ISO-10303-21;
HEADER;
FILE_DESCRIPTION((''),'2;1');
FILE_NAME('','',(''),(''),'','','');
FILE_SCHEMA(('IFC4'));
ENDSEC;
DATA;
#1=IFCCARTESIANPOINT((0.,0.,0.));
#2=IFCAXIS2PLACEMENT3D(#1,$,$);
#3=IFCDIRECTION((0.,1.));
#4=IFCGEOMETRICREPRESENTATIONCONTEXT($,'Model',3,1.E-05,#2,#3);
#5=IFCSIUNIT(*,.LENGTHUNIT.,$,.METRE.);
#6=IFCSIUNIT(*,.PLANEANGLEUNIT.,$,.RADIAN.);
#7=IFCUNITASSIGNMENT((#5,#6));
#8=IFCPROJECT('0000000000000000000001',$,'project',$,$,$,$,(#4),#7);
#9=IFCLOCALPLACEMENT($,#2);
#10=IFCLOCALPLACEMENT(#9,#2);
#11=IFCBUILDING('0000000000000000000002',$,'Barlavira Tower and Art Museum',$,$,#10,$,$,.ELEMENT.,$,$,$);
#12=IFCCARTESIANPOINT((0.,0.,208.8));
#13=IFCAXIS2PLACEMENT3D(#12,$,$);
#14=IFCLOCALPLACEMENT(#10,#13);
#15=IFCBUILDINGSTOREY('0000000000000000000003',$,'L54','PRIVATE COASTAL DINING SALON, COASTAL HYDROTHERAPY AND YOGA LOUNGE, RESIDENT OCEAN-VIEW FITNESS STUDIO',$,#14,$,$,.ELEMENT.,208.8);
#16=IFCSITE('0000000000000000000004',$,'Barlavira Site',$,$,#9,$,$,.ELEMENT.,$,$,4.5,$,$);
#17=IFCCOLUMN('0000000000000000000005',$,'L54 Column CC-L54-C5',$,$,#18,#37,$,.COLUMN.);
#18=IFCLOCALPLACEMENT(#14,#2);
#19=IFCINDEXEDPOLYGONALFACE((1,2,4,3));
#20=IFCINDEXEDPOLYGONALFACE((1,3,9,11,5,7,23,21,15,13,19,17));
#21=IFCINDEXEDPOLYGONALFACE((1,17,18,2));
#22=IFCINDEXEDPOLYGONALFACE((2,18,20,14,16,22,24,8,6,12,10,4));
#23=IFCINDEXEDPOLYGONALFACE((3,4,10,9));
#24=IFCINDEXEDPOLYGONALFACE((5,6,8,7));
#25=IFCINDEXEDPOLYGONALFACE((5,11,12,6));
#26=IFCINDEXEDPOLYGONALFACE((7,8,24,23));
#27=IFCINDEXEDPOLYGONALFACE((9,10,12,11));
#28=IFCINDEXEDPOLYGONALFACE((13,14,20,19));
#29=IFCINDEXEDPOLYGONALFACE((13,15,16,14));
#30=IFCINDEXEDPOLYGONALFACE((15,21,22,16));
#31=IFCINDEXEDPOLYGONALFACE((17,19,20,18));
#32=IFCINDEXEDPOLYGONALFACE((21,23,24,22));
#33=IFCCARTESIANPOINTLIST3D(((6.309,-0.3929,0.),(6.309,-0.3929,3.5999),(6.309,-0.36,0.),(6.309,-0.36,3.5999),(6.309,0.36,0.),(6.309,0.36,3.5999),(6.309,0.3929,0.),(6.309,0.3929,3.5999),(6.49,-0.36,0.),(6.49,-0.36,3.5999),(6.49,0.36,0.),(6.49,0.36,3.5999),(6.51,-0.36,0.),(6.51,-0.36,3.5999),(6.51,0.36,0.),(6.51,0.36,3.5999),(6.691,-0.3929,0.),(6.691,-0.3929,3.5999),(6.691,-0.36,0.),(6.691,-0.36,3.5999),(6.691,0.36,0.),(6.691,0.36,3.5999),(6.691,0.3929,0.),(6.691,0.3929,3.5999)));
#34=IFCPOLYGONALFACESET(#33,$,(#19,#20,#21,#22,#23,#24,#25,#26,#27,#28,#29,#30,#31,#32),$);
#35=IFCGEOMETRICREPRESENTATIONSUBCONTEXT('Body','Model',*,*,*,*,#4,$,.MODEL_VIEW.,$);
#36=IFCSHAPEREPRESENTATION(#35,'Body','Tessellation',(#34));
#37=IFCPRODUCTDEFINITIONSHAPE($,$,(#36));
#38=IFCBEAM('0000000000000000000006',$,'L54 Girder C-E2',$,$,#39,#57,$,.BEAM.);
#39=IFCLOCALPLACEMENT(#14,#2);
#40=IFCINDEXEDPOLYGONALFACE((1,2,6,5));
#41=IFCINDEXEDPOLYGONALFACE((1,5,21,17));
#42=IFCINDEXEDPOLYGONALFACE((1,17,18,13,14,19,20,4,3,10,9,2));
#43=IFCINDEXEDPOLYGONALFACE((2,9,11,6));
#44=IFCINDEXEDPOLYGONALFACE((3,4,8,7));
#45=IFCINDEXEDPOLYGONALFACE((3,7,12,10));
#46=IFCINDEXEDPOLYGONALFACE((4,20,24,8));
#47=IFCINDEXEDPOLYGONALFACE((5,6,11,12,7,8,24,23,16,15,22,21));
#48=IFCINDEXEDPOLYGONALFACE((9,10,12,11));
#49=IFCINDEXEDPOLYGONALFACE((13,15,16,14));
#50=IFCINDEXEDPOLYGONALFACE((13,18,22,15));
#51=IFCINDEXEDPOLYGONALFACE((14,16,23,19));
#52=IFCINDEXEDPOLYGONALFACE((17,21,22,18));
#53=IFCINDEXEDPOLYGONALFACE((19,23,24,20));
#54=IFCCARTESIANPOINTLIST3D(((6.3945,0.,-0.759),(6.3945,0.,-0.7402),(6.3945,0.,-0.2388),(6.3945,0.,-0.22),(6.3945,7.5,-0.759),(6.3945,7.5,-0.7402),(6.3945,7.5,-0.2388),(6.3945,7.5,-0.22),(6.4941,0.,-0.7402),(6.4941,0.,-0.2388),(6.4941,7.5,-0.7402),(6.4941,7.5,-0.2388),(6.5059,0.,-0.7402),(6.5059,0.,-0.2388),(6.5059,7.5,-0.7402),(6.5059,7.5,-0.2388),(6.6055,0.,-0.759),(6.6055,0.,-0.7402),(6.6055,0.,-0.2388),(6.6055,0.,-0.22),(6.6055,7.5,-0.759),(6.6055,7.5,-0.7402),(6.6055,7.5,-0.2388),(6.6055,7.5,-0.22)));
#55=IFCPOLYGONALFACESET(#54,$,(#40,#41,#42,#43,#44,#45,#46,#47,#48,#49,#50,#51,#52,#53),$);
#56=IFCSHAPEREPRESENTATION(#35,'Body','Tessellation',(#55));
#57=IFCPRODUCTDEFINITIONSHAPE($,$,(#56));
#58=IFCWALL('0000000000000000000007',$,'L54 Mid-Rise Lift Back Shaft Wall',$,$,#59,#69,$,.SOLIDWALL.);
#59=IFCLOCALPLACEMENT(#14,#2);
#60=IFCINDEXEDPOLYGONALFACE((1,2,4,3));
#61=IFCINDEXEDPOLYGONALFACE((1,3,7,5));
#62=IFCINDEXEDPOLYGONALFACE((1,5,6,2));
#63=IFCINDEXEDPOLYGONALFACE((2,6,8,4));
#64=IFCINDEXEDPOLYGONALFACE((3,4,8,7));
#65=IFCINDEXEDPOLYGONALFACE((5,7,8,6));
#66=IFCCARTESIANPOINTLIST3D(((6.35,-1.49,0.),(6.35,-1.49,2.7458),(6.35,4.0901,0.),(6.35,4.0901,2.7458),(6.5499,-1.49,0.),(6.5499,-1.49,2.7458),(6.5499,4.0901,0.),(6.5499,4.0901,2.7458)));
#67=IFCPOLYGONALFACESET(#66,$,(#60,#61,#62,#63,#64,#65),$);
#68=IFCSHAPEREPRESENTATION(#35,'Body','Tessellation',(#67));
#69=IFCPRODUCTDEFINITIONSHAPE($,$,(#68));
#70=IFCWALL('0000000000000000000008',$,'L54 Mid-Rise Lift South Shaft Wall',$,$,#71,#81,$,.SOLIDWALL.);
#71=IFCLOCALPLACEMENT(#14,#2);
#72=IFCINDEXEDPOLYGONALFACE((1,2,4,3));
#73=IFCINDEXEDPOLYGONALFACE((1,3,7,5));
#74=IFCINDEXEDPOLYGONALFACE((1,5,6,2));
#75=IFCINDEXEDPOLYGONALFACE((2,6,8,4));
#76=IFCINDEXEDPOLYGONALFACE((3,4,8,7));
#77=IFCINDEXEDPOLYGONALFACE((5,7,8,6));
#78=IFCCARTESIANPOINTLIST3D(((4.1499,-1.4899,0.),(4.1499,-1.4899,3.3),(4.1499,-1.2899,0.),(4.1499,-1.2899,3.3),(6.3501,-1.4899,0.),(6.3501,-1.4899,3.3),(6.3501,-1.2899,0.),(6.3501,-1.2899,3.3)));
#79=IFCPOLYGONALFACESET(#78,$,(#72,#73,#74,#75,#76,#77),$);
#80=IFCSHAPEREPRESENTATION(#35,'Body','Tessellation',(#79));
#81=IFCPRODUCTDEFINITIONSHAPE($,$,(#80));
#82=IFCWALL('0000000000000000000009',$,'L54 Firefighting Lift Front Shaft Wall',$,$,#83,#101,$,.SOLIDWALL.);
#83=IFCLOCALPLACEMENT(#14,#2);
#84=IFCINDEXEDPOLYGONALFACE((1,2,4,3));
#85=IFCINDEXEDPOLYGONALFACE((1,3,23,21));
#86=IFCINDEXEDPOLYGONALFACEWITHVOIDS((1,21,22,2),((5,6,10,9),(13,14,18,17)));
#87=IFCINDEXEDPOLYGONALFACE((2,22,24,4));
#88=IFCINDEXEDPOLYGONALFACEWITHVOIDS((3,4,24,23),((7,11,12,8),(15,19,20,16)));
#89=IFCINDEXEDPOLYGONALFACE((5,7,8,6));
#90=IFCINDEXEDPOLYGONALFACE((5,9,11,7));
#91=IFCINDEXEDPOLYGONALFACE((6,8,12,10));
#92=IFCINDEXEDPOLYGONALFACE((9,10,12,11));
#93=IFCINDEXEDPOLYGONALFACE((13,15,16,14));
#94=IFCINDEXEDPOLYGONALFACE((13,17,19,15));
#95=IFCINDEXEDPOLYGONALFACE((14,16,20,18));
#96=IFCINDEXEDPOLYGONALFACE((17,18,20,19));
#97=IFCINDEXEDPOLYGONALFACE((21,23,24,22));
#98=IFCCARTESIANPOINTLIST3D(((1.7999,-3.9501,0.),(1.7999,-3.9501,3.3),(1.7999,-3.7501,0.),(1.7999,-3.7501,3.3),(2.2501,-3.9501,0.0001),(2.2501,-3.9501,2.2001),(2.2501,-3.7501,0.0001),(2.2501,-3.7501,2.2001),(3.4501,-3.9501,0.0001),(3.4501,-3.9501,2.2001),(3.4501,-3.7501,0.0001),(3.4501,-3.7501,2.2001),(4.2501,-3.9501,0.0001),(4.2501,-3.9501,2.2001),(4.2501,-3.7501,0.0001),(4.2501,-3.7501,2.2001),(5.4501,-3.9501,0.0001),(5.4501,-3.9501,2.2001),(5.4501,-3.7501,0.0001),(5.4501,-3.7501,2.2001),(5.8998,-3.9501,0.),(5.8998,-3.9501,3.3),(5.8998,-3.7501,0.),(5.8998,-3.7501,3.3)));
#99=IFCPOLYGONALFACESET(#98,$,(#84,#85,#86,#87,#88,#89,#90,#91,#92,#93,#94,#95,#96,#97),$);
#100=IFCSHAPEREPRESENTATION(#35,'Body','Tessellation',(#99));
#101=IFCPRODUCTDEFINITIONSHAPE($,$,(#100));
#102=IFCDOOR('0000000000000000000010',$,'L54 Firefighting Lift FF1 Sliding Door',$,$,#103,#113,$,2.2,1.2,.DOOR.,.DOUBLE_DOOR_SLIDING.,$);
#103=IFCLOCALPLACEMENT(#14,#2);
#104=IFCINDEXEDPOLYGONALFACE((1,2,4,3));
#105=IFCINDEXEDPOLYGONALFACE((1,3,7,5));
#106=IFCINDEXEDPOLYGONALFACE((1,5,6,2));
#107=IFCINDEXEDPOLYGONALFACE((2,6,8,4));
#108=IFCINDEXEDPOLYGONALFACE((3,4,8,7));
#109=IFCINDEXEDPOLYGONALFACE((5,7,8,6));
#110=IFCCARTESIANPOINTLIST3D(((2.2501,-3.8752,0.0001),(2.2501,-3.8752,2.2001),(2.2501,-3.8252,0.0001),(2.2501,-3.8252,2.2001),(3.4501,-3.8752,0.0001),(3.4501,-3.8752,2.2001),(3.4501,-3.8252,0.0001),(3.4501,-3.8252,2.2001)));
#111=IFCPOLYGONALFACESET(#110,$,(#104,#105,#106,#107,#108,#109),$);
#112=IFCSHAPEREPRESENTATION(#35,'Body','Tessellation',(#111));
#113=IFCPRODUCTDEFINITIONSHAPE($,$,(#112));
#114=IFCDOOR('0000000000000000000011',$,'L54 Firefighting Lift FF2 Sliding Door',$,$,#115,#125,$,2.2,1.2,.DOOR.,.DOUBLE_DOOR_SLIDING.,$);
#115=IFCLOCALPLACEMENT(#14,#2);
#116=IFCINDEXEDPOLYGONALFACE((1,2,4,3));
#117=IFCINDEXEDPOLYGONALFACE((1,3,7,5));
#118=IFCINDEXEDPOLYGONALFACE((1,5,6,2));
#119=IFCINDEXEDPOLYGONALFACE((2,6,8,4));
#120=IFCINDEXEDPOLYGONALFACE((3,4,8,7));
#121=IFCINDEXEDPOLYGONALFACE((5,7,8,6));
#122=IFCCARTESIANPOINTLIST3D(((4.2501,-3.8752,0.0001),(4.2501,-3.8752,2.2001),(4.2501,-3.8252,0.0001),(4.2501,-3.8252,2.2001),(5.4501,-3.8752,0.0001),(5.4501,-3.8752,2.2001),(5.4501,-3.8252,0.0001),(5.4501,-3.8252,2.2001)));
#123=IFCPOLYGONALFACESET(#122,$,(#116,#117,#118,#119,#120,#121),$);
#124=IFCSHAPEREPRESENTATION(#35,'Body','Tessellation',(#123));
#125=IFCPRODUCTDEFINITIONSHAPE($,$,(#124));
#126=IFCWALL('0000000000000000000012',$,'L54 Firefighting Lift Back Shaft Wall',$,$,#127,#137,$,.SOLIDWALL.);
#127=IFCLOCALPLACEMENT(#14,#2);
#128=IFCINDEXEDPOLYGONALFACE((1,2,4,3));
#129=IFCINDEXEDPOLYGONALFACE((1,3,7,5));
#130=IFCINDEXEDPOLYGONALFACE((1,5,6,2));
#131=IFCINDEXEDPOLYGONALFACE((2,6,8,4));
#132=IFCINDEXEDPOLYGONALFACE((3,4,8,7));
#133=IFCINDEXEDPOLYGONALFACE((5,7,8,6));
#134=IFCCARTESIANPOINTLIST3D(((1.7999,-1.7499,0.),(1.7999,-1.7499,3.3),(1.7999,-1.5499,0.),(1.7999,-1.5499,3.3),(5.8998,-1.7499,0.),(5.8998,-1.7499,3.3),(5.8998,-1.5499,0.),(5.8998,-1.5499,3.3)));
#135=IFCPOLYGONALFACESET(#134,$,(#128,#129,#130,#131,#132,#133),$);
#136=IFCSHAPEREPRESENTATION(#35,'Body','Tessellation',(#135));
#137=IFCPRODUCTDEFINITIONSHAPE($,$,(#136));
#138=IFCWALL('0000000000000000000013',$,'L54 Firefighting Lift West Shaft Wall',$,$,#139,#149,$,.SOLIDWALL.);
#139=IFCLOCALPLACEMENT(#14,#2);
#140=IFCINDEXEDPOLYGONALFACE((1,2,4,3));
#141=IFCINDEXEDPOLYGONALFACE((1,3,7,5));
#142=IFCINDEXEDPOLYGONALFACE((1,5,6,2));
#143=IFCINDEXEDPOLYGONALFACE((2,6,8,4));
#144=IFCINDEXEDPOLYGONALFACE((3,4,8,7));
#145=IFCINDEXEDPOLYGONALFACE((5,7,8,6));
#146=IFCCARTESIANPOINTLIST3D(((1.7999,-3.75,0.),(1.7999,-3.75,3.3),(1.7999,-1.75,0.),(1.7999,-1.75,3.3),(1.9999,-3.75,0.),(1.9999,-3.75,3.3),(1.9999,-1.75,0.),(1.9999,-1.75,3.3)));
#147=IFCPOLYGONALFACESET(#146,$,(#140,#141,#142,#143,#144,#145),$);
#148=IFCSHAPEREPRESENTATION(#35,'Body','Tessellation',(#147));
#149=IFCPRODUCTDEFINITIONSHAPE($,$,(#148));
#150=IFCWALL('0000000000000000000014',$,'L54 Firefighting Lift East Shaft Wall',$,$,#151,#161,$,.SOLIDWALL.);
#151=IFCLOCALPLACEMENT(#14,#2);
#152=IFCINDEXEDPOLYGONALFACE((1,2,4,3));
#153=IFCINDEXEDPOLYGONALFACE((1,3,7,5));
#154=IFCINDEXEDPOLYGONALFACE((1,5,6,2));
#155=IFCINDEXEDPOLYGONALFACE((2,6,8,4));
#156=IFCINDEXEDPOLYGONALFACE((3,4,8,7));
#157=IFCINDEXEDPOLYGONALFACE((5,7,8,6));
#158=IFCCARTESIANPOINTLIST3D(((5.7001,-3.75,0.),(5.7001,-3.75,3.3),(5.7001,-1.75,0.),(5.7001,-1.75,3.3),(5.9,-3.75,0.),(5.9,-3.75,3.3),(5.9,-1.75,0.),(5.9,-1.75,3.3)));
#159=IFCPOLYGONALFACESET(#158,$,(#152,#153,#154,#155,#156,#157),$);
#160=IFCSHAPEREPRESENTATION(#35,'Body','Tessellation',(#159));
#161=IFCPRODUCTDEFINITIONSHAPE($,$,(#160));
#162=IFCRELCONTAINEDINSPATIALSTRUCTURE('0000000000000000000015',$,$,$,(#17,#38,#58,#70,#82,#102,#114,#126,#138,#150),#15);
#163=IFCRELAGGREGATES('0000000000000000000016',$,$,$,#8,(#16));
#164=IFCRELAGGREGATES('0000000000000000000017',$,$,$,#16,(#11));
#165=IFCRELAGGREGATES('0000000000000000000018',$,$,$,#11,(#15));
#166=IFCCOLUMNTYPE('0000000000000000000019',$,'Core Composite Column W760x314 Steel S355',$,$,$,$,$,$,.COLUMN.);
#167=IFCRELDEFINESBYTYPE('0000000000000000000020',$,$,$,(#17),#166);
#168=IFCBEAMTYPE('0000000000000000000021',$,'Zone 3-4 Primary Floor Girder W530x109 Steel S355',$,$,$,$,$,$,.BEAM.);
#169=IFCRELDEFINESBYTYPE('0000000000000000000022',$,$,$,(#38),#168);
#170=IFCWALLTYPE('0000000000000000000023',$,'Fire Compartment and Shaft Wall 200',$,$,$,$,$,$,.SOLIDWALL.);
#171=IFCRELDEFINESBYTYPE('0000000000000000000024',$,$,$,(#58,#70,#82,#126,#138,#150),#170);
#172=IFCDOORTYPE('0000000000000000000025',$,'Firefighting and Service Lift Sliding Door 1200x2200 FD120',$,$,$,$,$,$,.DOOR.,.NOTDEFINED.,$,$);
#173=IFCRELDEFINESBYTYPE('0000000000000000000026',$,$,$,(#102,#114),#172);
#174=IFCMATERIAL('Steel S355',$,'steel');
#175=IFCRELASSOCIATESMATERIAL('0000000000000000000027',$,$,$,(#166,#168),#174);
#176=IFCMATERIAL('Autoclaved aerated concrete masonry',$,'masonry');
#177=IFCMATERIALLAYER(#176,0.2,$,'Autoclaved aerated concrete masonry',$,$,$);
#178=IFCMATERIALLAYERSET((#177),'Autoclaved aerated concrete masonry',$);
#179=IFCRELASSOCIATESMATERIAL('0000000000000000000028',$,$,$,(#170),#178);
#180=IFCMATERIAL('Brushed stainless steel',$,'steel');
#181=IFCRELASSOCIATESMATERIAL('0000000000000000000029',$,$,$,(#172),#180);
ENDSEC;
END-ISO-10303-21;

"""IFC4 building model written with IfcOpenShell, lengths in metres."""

from ifc_helpers import new_model, si_unit, direction, frame, frame_2d, origin, origin_2d, place, context, subcontext, project, spatial, rectangle, i_section, extrude, material, layer, layer_set, material_profile, profile_set, type_object, element, fill, save


model = new_model("IFC4")

# Units and contexts
model_context = context("Model", 3, precision=1e-05, world=origin(), true_north=direction((0.0, 1.0)))
body_context = subcontext(model_context, "Body", "Model", "MODEL_VIEW")
ifc_project = project(units=[si_unit("LENGTHUNIT", "METRE"), si_unit("PLANEANGLEUNIT", "RADIAN")], contexts=[model_context])

# Site, building, storey
site_placement = place(None, origin())
site = spatial("IfcSite", under=ifc_project, at=site_placement, Name="Barlavira Site", CompositionType="ELEMENT", RefElevation=4.5)
building_placement = place(site_placement, origin())
building = spatial("IfcBuilding", under=site, at=building_placement, Name="Barlavira Tower and Art Museum", CompositionType="ELEMENT")
storey_placement = place(building_placement, frame((0.0, 0.0, 208.8)))
storey = spatial("IfcBuildingStorey", under=building, at=storey_placement, Name="L54", Description="PRIVATE COASTAL DINING SALON, COASTAL HYDROTHERAPY AND YOGA LOUNGE, RESIDENT OCEAN-VIEW FITNESS STUDIO", CompositionType="ELEMENT", Elevation=208.8)

# Column
ifc_material_1 = material(Name="Steel S355", Category="steel")
ifc_material_profile_1 = material_profile(ifc_material_1, i_section(OverallWidth=0.3821, OverallDepth=0.7859, WebThickness=0.02, FlangeThickness=0.033, at=origin_2d()), Name="W760x314.0")
ifc_profile_set_1 = profile_set([ifc_material_profile_1], Name="Steel S355")
column_type = type_object("IfcColumnType", Name="Core Composite Column W760x314 Steel S355", PredefinedType="COLUMN", material=ifc_profile_set_1)
column_placement = place(storey_placement, frame((6.5, 0.0, 0.0), z_axis=(0.0, 0.0, 1.0), x_axis=(1.0, 0.0, 0.0)))
element("IfcColumn", 1, at=column_placement, inside=storey, type_object=column_type, Name="L54 Column CC-L54-C5", PredefinedType="COLUMN", context=body_context, shape_type="SweptSolid", body=[
    extrude(i_section(OverallWidth=0.3821, OverallDepth=0.7859, WebThickness=0.02, FlangeThickness=0.033, at=origin_2d()), origin(), (0.0, 0.0, 1.0), 3.5999),
])

# Beam
ifc_material_profile_2 = material_profile(ifc_material_1, i_section(OverallWidth=0.2109, OverallDepth=0.5391, WebThickness=0.0117, FlangeThickness=0.0188, at=origin_2d()), Name="W530x109.0")
ifc_profile_set_2 = profile_set([ifc_material_profile_2], Name="Steel S355")
beam_type = type_object("IfcBeamType", Name="Zone 3-4 Primary Floor Girder W530x109 Steel S355", PredefinedType="BEAM", material=ifc_profile_set_2)
beam_placement = place(storey_placement, frame((6.5, 0.0, -0.4895), z_axis=(0.0, 1.0, 0.0), x_axis=(-1.0, 0.0, 0.0)))
element("IfcBeam", 2, at=beam_placement, inside=storey, type_object=beam_type, Name="L54 Girder C-E2", PredefinedType="BEAM", context=body_context, shape_type="SweptSolid", body=[
    extrude(i_section(OverallWidth=0.2109, OverallDepth=0.5391, WebThickness=0.0117, FlangeThickness=0.0188, at=origin_2d()), origin(), (0.0, 0.0, 1.0), 7.5),
])

# Shared definitions
ifc_material_2 = material(Name="Autoclaved aerated concrete masonry", Category="masonry")
ifc_layer = layer(ifc_material_2, 0.2, Name="Autoclaved aerated concrete masonry")
ifc_layer_set = layer_set([ifc_layer], Name="Autoclaved aerated concrete masonry")
wall_type = type_object("IfcWallType", Name="Fire Compartment and Shaft Wall 200", PredefinedType="SOLIDWALL", material=ifc_layer_set)
ifc_material_3 = material(Name="Brushed stainless steel", Category="steel")

# Walls
wall_1_placement = place(storey_placement, frame((6.45, -1.49, 0.0), z_axis=(0.0, 0.0, 1.0), x_axis=(0.0, 1.0, 0.0)))
element("IfcWall", 3, at=wall_1_placement, inside=storey, type_object=wall_type, Name="L54 Mid-Rise Lift Back Shaft Wall", PredefinedType="SOLIDWALL", context=body_context, shape_type="SweptSolid", body=[
    extrude(rectangle(XDim=5.5801, YDim=0.2, at=frame_2d((2.79, 0.0))), origin(), (0.0, 0.0, 1.0), 2.7458),
])
wall_2_placement = place(storey_placement, frame((4.1499, -1.3899, 0.0), z_axis=(0.0, 0.0, 1.0), x_axis=(1.0, 0.0, 0.0)))
element("IfcWall", 4, at=wall_2_placement, inside=storey, type_object=wall_type, Name="L54 Mid-Rise Lift South Shaft Wall", PredefinedType="SOLIDWALL", context=body_context, shape_type="SweptSolid", body=[
    extrude(rectangle(XDim=2.2002, YDim=0.2, at=frame_2d((1.1001, 0.0))), origin(), (0.0, 0.0, 1.0), 3.3),
])

# Wall, openings, doors
wall_3_placement = place(storey_placement, frame((1.8, -3.8501, 0.0), z_axis=(0.0, 0.0, 1.0), x_axis=(1.0, 0.0, 0.0)))
wall_3 = element("IfcWall", 5, at=wall_3_placement, inside=storey, type_object=wall_type, Name="L54 Firefighting Lift Front Shaft Wall", PredefinedType="SOLIDWALL", context=body_context, shape_type="SweptSolid", body=[
    extrude(rectangle(XDim=4.0999, YDim=0.2, at=frame_2d((2.0498, 0.0))), origin(), (0.0, 0.0, 1.0), 3.3),
])
opening_1_placement = place(wall_3_placement, frame((0.45, 0.0, 0.0)))
opening_1 = element("IfcOpeningElement", 6, at=opening_1_placement, cuts=wall_3, PredefinedType="OPENING", context=body_context, shape_type="SweptSolid", body=[
    extrude(rectangle(XDim=1.2, YDim=2.2, at=frame_2d((0.6001, 1.1001))), frame((0.0, 0.1099, 0.0), z_axis=(0.0, -1.0, 0.0), x_axis=(1.0, 0.0, 0.0)), (0.0, 0.0, 1.0), 0.22),
])
opening_2_placement = place(wall_3_placement, frame((2.45, 0.0, 0.0)))
opening_2 = element("IfcOpeningElement", 7, at=opening_2_placement, cuts=wall_3, PredefinedType="OPENING", context=body_context, shape_type="SweptSolid", body=[
    extrude(rectangle(XDim=1.2, YDim=2.2, at=frame_2d((0.6001, 1.1001))), frame((0.0, 0.1099, 0.0), z_axis=(0.0, -1.0, 0.0), x_axis=(1.0, 0.0, 0.0)), (0.0, 0.0, 1.0), 0.22),
])
door_type_1 = type_object("IfcDoorType", Name="Firefighting and Service Lift Sliding Door 1200x2200 FD120", OperationType="NOTDEFINED", PredefinedType="DOOR", material=ifc_material_3)
door_1_placement = place(opening_1_placement, origin())
door_1 = element("IfcDoor", 8, at=door_1_placement, inside=storey, type_object=door_type_1, Name="L54 Firefighting Lift FF1 Sliding Door", OperationType="DOUBLE_DOOR_SLIDING", OverallHeight=2.2, OverallWidth=1.2, PredefinedType="DOOR", context=body_context, shape_type="SweptSolid", body=[
    extrude(rectangle(XDim=1.2, YDim=2.2, at=frame_2d((0.6001, 1.1001))), frame((0.0, 0.0249, 0.0), z_axis=(0.0, -1.0, 0.0), x_axis=(1.0, 0.0, 0.0)), (0.0, 0.0, 1.0), 0.05),
])
fill(opening_1, door_1)
door_2_placement = place(opening_2_placement, origin())
door_2 = element("IfcDoor", 9, at=door_2_placement, inside=storey, type_object=door_type_1, Name="L54 Firefighting Lift FF2 Sliding Door", OperationType="DOUBLE_DOOR_SLIDING", OverallHeight=2.2, OverallWidth=1.2, PredefinedType="DOOR", context=body_context, shape_type="SweptSolid", body=[
    extrude(rectangle(XDim=1.2, YDim=2.2, at=frame_2d((0.6001, 1.1001))), frame((0.0, 0.0249, 0.0), z_axis=(0.0, -1.0, 0.0), x_axis=(1.0, 0.0, 0.0)), (0.0, 0.0, 1.0), 0.05),
])
fill(opening_2, door_2)

# Walls
wall_4_placement = place(storey_placement, frame((1.8, -1.6499, 0.0), z_axis=(0.0, 0.0, 1.0), x_axis=(1.0, 0.0, 0.0)))
element("IfcWall", 10, at=wall_4_placement, inside=storey, type_object=wall_type, Name="L54 Firefighting Lift Back Shaft Wall", PredefinedType="SOLIDWALL", context=body_context, shape_type="SweptSolid", body=[
    extrude(rectangle(XDim=4.0999, YDim=0.2, at=frame_2d((2.0498, 0.0))), origin(), (0.0, 0.0, 1.0), 3.3),
])
for number, where, z_axis, x_axis, name in (
    (11, (1.8999, -3.75, 0.0), (0.0, 0.0, 1.0), (0.0, 1.0, 0.0), "L54 Firefighting Lift West Shaft Wall"),
    (12, (5.8, -3.75, 0.0), (0.0, 0.0, 1.0), (0.0, 1.0, 0.0), "L54 Firefighting Lift East Shaft Wall"),
):
    element("IfcWall", number, at=place(storey_placement, frame(where, z_axis=z_axis, x_axis=x_axis)), inside=storey, type_object=wall_type, Name=name, PredefinedType="SOLIDWALL", context=body_context, shape_type="SweptSolid", body=[
        extrude(rectangle(XDim=2.0, YDim=0.2, at=frame_2d((1.0, 0.0))), origin(), (0.0, 0.0, 1.0), 3.3),
    ])

save(model, "model.ifc")
